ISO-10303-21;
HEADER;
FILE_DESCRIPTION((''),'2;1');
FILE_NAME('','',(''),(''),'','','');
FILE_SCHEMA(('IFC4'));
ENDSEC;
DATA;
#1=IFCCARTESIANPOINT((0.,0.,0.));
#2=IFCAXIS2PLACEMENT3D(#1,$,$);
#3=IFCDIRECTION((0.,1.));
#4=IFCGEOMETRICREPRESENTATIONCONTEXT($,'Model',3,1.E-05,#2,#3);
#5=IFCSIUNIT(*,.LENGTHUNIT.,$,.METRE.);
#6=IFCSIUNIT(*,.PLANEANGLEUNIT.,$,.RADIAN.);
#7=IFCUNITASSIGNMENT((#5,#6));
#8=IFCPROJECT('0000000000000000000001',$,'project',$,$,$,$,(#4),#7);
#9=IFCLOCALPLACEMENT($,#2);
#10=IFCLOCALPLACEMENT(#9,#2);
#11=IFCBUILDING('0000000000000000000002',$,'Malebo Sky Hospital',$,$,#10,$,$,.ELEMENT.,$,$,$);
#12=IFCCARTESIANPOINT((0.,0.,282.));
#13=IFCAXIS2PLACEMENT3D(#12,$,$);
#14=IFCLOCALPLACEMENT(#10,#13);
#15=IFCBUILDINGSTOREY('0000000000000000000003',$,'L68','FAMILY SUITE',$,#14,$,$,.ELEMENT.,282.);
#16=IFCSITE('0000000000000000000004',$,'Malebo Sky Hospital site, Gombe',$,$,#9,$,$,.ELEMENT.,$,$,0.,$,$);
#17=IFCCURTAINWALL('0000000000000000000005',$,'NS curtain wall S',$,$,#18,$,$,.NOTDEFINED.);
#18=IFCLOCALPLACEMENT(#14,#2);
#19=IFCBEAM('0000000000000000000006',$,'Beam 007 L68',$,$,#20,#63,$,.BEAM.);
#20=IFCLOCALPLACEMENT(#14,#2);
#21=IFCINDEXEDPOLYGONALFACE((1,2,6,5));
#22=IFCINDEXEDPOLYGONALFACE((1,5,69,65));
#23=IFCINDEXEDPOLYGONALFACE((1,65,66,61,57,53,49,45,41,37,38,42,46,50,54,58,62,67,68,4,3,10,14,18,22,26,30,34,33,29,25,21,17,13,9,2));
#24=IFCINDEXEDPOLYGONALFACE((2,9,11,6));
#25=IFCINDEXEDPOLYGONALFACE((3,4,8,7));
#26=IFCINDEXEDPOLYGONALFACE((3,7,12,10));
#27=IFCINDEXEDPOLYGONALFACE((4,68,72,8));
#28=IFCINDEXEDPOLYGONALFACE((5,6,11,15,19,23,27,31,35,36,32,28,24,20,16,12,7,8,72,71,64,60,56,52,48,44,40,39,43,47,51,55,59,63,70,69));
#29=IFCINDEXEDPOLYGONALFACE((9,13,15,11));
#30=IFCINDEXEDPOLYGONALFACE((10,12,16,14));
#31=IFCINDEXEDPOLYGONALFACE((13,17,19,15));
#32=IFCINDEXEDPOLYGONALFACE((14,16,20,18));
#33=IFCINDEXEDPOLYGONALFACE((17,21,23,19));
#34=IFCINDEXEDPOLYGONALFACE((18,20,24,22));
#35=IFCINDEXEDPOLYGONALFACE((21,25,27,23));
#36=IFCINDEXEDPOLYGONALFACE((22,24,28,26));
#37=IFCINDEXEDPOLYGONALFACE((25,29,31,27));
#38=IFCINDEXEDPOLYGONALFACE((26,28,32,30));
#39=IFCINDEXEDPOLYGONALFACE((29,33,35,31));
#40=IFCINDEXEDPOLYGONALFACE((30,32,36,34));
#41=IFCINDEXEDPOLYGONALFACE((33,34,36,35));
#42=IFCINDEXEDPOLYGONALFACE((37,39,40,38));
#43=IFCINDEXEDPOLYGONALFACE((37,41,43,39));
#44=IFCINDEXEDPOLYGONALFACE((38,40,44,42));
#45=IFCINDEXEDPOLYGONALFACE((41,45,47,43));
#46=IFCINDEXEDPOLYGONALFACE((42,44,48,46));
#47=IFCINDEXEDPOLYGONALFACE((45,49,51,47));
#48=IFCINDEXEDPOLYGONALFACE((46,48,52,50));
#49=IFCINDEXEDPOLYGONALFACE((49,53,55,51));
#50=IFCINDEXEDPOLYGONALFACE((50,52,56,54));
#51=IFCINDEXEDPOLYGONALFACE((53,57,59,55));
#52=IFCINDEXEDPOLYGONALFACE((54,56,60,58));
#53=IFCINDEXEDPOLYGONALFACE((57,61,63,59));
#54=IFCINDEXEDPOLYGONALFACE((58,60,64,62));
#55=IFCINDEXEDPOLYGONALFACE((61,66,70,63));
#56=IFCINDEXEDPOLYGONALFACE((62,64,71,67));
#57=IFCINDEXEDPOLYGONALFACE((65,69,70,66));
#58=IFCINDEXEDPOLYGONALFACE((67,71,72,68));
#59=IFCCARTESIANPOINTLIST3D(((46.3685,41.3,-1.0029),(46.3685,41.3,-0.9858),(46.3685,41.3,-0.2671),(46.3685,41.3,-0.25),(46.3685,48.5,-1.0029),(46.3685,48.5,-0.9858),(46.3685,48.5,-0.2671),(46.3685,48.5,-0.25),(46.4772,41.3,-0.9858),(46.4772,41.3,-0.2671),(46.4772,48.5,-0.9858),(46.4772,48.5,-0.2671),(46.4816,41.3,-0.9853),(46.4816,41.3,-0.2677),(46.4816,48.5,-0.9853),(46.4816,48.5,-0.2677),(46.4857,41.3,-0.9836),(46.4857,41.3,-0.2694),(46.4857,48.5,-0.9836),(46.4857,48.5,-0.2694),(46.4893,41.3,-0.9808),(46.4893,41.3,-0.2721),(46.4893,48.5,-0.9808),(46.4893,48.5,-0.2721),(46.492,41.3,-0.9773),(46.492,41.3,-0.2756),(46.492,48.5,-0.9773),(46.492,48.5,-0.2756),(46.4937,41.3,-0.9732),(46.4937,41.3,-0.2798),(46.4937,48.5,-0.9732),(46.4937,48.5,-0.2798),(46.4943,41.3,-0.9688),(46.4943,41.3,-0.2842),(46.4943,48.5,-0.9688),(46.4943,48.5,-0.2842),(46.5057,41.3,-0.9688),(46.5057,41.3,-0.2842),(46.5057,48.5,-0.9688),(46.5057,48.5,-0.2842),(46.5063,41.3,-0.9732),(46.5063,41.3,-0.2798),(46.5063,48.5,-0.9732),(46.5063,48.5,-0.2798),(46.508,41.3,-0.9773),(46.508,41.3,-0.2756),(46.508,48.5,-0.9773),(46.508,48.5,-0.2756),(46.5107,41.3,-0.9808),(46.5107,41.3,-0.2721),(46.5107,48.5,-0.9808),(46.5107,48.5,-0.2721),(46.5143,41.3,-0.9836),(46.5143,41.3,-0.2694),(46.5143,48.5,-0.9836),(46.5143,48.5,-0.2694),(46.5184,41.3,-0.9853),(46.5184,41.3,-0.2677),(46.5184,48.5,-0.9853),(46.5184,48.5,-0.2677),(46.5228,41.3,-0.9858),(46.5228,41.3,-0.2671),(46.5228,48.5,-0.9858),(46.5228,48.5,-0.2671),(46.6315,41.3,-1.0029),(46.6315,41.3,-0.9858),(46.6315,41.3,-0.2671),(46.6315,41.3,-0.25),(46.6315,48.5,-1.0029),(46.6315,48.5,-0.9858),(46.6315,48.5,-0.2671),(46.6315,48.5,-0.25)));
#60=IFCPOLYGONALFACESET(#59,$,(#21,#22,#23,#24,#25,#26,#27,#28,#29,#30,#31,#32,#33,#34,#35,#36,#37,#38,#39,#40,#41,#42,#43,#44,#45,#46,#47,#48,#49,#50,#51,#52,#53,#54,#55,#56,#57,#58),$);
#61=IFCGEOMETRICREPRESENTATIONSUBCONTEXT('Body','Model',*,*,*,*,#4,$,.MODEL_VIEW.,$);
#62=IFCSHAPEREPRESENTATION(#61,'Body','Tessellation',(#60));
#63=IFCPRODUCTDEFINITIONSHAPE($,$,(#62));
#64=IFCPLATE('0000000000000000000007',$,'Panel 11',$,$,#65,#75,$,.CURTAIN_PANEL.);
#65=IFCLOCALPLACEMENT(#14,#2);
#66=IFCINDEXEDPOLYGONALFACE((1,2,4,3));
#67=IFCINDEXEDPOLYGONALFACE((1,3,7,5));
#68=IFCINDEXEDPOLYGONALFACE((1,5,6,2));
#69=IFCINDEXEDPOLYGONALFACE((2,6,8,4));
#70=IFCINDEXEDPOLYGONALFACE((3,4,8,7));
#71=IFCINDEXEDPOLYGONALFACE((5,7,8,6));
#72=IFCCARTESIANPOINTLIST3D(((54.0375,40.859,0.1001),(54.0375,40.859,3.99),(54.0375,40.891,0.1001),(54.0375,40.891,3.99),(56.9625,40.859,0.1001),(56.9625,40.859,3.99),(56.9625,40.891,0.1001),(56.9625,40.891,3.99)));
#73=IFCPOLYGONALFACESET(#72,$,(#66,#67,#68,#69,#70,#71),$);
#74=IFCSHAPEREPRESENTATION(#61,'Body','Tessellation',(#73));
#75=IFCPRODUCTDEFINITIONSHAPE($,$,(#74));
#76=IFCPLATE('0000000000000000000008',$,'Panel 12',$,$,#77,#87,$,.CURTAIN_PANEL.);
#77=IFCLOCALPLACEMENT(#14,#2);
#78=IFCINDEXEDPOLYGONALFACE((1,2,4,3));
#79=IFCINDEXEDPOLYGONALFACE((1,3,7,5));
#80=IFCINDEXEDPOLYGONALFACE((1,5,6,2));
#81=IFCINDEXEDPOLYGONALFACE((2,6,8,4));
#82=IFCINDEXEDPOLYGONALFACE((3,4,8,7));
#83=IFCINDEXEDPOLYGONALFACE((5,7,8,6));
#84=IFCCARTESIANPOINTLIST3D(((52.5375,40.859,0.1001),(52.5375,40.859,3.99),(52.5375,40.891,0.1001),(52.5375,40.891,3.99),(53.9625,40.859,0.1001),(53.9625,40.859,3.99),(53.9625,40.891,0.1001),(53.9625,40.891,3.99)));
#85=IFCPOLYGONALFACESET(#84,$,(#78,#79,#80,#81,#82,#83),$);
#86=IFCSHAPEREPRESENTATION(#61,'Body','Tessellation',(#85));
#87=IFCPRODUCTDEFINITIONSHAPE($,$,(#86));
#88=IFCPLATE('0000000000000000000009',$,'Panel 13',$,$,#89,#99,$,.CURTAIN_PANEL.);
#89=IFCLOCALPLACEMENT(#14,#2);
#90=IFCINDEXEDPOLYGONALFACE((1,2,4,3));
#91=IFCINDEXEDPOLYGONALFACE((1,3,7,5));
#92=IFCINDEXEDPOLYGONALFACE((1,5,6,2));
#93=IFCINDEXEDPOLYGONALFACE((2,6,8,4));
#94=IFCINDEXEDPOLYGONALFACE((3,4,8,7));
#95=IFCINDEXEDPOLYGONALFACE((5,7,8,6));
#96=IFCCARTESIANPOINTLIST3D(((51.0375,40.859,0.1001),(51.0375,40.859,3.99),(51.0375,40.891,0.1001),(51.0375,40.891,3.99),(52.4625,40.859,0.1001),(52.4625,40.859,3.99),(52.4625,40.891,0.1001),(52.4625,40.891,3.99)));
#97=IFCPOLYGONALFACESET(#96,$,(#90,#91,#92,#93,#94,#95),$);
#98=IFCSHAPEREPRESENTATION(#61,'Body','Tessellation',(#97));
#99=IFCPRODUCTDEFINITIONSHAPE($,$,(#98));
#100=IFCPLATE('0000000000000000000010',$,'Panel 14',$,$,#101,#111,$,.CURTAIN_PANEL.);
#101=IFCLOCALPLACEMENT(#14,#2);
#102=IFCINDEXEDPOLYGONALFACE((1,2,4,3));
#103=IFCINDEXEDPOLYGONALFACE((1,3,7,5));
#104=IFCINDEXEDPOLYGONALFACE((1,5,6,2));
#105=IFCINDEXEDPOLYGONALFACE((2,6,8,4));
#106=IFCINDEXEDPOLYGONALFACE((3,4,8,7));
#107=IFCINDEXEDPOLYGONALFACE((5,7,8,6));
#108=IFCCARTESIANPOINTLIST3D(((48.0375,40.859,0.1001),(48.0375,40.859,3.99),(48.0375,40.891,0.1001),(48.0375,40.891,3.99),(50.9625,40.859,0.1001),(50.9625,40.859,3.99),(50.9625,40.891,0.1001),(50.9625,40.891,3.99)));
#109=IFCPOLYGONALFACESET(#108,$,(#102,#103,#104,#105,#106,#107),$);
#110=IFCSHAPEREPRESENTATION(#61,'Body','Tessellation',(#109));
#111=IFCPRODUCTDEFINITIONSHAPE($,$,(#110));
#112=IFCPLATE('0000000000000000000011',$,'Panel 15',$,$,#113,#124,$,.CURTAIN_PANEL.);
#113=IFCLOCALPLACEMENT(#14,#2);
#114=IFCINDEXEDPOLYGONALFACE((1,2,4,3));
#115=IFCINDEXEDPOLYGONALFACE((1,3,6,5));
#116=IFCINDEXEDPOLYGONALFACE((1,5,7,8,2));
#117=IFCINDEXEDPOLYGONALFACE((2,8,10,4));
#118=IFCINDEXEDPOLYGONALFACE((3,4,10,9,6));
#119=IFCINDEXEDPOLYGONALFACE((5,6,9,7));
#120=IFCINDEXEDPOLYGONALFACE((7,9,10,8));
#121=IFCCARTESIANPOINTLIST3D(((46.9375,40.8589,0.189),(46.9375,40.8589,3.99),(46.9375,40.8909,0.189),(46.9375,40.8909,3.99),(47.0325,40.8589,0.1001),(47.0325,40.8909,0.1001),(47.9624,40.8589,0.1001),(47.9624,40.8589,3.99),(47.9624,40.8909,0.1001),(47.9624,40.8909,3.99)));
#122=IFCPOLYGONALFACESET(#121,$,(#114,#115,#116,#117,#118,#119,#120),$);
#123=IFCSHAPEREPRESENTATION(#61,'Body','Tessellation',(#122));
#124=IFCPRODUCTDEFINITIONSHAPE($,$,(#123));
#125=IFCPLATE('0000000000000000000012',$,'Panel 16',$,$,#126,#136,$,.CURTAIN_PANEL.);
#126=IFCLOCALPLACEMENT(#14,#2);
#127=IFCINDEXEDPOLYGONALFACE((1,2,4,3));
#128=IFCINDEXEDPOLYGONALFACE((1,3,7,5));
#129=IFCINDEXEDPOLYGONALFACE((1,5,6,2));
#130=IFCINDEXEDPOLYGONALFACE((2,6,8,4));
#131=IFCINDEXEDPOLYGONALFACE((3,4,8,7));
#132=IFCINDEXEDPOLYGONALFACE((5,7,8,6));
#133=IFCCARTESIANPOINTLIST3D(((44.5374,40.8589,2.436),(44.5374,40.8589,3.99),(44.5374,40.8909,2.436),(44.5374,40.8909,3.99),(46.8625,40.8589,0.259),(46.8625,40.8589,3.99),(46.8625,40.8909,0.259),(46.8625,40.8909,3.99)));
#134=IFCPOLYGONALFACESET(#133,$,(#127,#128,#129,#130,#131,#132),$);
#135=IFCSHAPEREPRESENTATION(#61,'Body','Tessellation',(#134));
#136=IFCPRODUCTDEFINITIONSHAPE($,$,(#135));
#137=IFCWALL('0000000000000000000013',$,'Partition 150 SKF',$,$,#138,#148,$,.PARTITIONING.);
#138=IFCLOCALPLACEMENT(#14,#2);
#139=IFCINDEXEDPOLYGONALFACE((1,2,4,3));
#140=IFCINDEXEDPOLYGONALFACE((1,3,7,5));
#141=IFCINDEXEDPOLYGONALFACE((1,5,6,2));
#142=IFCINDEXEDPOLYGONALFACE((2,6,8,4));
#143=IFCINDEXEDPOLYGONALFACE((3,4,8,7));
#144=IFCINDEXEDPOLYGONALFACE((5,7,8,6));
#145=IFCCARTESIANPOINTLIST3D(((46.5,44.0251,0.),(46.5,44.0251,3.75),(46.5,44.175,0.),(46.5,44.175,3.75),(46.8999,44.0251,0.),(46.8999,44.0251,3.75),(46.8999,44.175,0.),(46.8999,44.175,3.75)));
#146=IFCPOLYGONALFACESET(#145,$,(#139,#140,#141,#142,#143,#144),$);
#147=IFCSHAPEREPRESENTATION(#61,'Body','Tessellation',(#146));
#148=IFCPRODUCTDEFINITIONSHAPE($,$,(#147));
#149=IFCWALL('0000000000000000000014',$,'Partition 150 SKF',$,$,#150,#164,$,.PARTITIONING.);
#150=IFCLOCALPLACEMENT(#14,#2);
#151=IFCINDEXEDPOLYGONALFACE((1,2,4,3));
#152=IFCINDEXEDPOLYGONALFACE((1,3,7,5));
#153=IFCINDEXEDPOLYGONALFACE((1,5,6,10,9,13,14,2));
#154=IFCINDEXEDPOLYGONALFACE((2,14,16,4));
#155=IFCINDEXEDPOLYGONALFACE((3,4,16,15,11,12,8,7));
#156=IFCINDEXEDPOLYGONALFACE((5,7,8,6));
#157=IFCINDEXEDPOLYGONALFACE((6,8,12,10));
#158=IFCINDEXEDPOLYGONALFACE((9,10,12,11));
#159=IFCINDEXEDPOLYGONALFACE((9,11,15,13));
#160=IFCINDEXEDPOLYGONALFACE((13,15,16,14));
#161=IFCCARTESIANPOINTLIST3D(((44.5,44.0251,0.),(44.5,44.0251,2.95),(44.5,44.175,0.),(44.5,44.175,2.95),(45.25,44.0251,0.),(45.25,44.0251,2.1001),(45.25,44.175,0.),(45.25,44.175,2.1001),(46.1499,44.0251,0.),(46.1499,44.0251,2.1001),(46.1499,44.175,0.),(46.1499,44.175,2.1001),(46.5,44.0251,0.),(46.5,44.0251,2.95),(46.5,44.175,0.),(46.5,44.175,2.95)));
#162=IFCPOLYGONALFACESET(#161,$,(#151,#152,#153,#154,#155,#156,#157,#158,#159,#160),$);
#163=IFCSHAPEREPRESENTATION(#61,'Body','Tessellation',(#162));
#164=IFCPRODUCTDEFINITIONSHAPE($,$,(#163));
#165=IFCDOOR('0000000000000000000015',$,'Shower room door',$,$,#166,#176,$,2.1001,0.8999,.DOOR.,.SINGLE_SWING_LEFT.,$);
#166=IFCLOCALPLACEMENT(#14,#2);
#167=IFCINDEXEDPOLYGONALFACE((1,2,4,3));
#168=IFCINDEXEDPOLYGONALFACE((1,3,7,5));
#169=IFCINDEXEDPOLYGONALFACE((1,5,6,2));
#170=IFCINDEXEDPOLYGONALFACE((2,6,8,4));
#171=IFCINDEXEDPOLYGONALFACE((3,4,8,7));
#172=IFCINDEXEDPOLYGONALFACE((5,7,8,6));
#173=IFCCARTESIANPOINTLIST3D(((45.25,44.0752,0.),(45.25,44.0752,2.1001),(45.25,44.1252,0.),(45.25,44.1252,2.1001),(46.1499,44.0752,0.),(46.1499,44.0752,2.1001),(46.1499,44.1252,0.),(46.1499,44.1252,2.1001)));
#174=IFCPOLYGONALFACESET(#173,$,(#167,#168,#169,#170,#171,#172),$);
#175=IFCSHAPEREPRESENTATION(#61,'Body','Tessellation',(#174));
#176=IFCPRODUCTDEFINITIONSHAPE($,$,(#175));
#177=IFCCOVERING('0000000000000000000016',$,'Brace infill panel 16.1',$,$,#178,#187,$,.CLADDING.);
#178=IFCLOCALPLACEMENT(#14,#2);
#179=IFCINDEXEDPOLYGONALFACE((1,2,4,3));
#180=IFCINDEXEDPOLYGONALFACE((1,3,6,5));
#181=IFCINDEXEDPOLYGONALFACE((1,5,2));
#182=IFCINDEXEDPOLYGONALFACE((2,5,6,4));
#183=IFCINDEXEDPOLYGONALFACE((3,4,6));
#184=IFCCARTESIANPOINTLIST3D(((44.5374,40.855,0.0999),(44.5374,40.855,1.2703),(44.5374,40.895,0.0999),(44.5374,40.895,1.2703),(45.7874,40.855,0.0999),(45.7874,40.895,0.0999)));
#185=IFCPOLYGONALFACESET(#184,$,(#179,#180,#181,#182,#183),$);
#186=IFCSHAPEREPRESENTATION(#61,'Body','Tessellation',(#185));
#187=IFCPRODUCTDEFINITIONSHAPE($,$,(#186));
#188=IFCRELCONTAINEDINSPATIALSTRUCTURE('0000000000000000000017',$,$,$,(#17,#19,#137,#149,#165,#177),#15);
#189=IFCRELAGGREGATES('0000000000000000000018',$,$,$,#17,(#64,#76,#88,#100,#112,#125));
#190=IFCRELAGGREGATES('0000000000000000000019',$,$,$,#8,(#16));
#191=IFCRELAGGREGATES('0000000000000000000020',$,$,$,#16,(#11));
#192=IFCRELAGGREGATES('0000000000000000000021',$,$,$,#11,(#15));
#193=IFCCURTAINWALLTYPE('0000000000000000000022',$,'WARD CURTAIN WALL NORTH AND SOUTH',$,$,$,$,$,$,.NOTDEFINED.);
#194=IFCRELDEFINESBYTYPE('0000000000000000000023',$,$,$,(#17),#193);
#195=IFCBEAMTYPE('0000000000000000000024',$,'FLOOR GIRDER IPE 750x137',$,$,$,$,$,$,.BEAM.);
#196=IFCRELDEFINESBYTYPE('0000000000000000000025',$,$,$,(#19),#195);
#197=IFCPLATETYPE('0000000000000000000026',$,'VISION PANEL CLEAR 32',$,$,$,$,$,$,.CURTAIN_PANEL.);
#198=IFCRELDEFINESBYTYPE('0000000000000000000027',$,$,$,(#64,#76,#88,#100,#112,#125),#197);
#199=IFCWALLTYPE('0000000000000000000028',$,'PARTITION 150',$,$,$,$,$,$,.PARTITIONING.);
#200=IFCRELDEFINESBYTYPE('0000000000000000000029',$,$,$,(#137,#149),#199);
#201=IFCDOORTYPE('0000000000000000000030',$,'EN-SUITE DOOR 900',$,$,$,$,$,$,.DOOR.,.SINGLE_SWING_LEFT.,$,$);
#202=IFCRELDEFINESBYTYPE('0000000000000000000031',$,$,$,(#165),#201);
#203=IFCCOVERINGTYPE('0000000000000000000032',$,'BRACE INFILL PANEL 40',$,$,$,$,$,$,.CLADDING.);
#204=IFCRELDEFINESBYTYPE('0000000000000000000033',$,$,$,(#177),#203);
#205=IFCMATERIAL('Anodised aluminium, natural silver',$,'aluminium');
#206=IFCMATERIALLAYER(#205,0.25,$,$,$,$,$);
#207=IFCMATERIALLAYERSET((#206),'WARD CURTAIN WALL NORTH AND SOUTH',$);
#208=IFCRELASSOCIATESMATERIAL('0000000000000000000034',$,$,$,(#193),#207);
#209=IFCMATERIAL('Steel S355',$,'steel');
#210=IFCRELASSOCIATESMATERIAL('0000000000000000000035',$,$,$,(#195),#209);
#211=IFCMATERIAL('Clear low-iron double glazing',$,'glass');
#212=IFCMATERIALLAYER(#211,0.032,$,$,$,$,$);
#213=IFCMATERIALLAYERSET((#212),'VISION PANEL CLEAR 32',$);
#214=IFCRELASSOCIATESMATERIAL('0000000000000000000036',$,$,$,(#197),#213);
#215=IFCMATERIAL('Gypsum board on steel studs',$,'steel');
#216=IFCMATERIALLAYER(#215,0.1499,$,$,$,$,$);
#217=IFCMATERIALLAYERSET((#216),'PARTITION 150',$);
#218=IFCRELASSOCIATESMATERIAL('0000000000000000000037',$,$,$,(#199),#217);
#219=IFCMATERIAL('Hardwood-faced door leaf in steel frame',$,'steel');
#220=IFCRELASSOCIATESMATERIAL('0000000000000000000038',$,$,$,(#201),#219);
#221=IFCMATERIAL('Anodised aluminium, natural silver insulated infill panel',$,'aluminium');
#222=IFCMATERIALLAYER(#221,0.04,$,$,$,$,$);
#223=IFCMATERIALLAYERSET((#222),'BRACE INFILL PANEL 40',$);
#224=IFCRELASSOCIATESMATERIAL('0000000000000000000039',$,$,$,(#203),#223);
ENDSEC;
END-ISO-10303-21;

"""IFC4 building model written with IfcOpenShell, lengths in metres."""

from ifc_helpers import new_model, si_unit, direction, frame, frame_2d, origin, origin_2d, place, context, subcontext, project, spatial, polyline, rectangle, i_section, outline, extrude, material, layer, layer_set, material_profile, profile_set, type_object, element, fill, aggregate, save


model = new_model("IFC4")

# Units and contexts
model_context = context("Model", 3, precision=1e-05, world=origin(), true_north=direction((0.0, 1.0)))
body_context = subcontext(model_context, "Body", "Model", "MODEL_VIEW")
ifc_project = project(units=[si_unit("LENGTHUNIT", "METRE"), si_unit("PLANEANGLEUNIT", "RADIAN")], contexts=[model_context])

# Site, building, storey
site_placement = place(None, origin())
site = spatial("IfcSite", under=ifc_project, at=site_placement, Name="Malebo Sky Hospital site, Gombe", CompositionType="ELEMENT", RefElevation=0.0)
building_placement = place(site_placement, origin())
building = spatial("IfcBuilding", under=site, at=building_placement, Name="Malebo Sky Hospital", CompositionType="ELEMENT")
storey_placement = place(building_placement, frame((0.0, 0.0, 282.0)))
storey = spatial("IfcBuildingStorey", under=building, at=storey_placement, Name="L68", Description="FAMILY SUITE", CompositionType="ELEMENT", Elevation=282.0)

# Curtain wall
ifc_material_1 = material(Name="Anodised aluminium, natural silver", Category="aluminium")
ifc_layer_1 = layer(ifc_material_1, 0.25)
ifc_layer_set_1 = layer_set([ifc_layer_1], Name="WARD CURTAIN WALL NORTH AND SOUTH")
curtain_wall_type = type_object("IfcCurtainWallType", Name="WARD CURTAIN WALL NORTH AND SOUTH", PredefinedType="NOTDEFINED", material=ifc_layer_set_1)
curtain_wall_placement = place(storey_placement, origin())
curtain_wall = element("IfcCurtainWall", 1, at=curtain_wall_placement, inside=storey, type_object=curtain_wall_type, Name="NS curtain wall S", PredefinedType="NOTDEFINED")

# Shared definitions
ifc_material_2 = material(Name="Steel S355", Category="steel")

# Beam
ifc_material_profile_1 = material_profile(ifc_material_2, i_section(OverallWidth=0.2629, OverallDepth=0.7529, WebThickness=0.0115, FlangeThickness=0.0171, FilletRadius=0.0171, at=origin_2d()), Name="IPE 750x137")
ifc_profile_set_1 = profile_set([ifc_material_profile_1], Name="Steel S355")
beam_type_1 = type_object("IfcBeamType", Name="FLOOR GIRDER IPE 750x137", PredefinedType="BEAM", material=ifc_profile_set_1)
beam_1_placement = place(storey_placement, frame((46.5, 41.3, -0.6265), z_axis=(0.0, 1.0, 0.0), x_axis=(-1.0, 0.0, 0.0)))
element("IfcBeam", 2, at=beam_1_placement, inside=storey, type_object=beam_type_1, Name="Beam 007 L68", PredefinedType="BEAM", context=body_context, shape_type="SweptSolid", body=[
    extrude(i_section(OverallWidth=0.2629, OverallDepth=0.7529, WebThickness=0.0115, FlangeThickness=0.0171, FilletRadius=0.0171, at=origin_2d()), origin(), (0.0, 0.0, 1.0), 7.2),
])

# Plates
ifc_material_3 = material(Name="Clear low-iron double glazing", Category="glass")
ifc_layer_2 = layer(ifc_material_3, 0.032)
ifc_layer_set_2 = layer_set([ifc_layer_2], Name="VISION PANEL CLEAR 32")
plate_type = type_object("IfcPlateType", Name="VISION PANEL CLEAR 32", PredefinedType="CURTAIN_PANEL", material=ifc_layer_set_2)
plate_1_placement = place(storey_placement, frame((55.5, 40.875, 0.1001), z_axis=(0.0, 0.0, 1.0), x_axis=(-1.0, 0.0, 0.0)))
plate_1 = element("IfcPlate", 3, at=plate_1_placement, type_object=plate_type, Name="Panel 11", PredefinedType="CURTAIN_PANEL", context=body_context, shape_type="SweptSolid", body=[
    extrude(rectangle(XDim=2.925, YDim=0.032, at=origin_2d()), origin(), (0.0, 0.0, 1.0), 3.8899),
])
plate_2_placement = place(storey_placement, frame((53.25, 40.875, 0.1001), z_axis=(0.0, 0.0, 1.0), x_axis=(-1.0, 0.0, 0.0)))
plate_2 = element("IfcPlate", 4, at=plate_2_placement, type_object=plate_type, Name="Panel 12", PredefinedType="CURTAIN_PANEL", context=body_context, shape_type="SweptSolid", body=[
    extrude(rectangle(XDim=1.425, YDim=0.032, at=origin_2d()), origin(), (0.0, 0.0, 1.0), 3.8899),
])
plate_3_placement = place(storey_placement, frame((51.75, 40.875, 0.1001), z_axis=(0.0, 0.0, 1.0), x_axis=(-1.0, 0.0, 0.0)))
plate_3 = element("IfcPlate", 5, at=plate_3_placement, type_object=plate_type, Name="Panel 13", PredefinedType="CURTAIN_PANEL", context=body_context, shape_type="SweptSolid", body=[
    extrude(rectangle(XDim=1.425, YDim=0.032, at=origin_2d()), origin(), (0.0, 0.0, 1.0), 3.8899),
])
plate_4_placement = place(storey_placement, frame((49.5, 40.875, 0.1001), z_axis=(0.0, 0.0, 1.0), x_axis=(-1.0, 0.0, 0.0)))
plate_4 = element("IfcPlate", 6, at=plate_4_placement, type_object=plate_type, Name="Panel 14", PredefinedType="CURTAIN_PANEL", context=body_context, shape_type="SweptSolid", body=[
    extrude(rectangle(XDim=2.925, YDim=0.032, at=origin_2d()), origin(), (0.0, 0.0, 1.0), 3.8899),
])
plate_5_placement = place(storey_placement, frame((47.45, 40.875, 0.1001), z_axis=(0.0, 0.0, 1.0), x_axis=(-1.0, 0.0, 0.0)))
plate_5 = element("IfcPlate", 7, at=plate_5_placement, type_object=plate_type, Name="Panel 15", PredefinedType="CURTAIN_PANEL", context=body_context, shape_type="SweptSolid", body=[
    extrude(outline(polyline([(-0.5125, 0.0), (0.4175, 0.0), (0.5125, 0.0889), (0.5125, 3.8899), (-0.5125, 3.8899), (-0.5125, 0.0)])), frame((0.0, 0.0161, 0.0), z_axis=(0.0, -1.0, 0.0), x_axis=(1.0, 0.0, 0.0)), (0.0, 0.0, 1.0), 0.032),
])
plate_6_placement = place(storey_placement, frame((45.7, 40.875, 0.259), z_axis=(0.0, 0.0, 1.0), x_axis=(-1.0, 0.0, 0.0)))
plate_6 = element("IfcPlate", 8, at=plate_6_placement, type_object=plate_type, Name="Panel 16", PredefinedType="CURTAIN_PANEL", context=body_context, shape_type="SweptSolid", body=[
    extrude(outline(polyline([(-1.1626, 0.0), (1.1626, 2.177), (1.1626, 3.731), (-1.1626, 3.731), (-1.1626, 0.0)])), frame((0.0, 0.0161, 0.0), z_axis=(0.0, -1.0, 0.0), x_axis=(1.0, 0.0, 0.0)), (0.0, 0.0, 1.0), 0.032),
])
aggregate(curtain_wall, [plate_1, plate_2, plate_3, plate_4, plate_5, plate_6])

# Wall
ifc_material_4 = material(Name="Gypsum board on steel studs", Category="steel")
ifc_layer_3 = layer(ifc_material_4, 0.1499)
ifc_layer_set_3 = layer_set([ifc_layer_3], Name="PARTITION 150")
wall_type = type_object("IfcWallType", Name="PARTITION 150", PredefinedType="PARTITIONING", material=ifc_layer_set_3)
wall_1_placement = place(storey_placement, frame((46.8999, 44.1001, 0.0), z_axis=(0.0, 0.0, 1.0), x_axis=(-1.0, 0.0, 0.0)))
element("IfcWall", 9, at=wall_1_placement, inside=storey, type_object=wall_type, Name="Partition 150 SKF", PredefinedType="PARTITIONING", context=body_context, shape_type="SweptSolid", body=[
    extrude(rectangle(XDim=0.3999, YDim=0.1499, at=frame_2d((0.2, 0.0))), origin(), (0.0, 0.0, 1.0), 3.75),
])

# Wall, opening, door
wall_2_placement = place(storey_placement, frame((46.5, 44.1001, 0.0), z_axis=(0.0, 0.0, 1.0), x_axis=(-1.0, 0.0, 0.0)))
wall_2 = element("IfcWall", 10, at=wall_2_placement, inside=storey, type_object=wall_type, Name="Partition 150 SKF", PredefinedType="PARTITIONING", context=body_context, shape_type="SweptSolid", body=[
    extrude(rectangle(XDim=2.0, YDim=0.1499, at=frame_2d((1.0, 0.0))), origin(), (0.0, 0.0, 1.0), 2.95),
])
opening_placement = place(wall_2_placement, frame((0.3501, 0.0, 0.0)))
opening = element("IfcOpeningElement", 11, at=opening_placement, cuts=wall_2, PredefinedType="OPENING", context=body_context, shape_type="SweptSolid", body=[
    extrude(rectangle(XDim=0.8999, YDim=2.1001, at=frame_2d((0.45, 1.05))), frame((0.0, 0.085, 0.0), z_axis=(0.0, -1.0, 0.0), x_axis=(1.0, 0.0, 0.0)), (0.0, 0.0, 1.0), 0.1699),
])
ifc_material_5 = material(Name="Hardwood-faced door leaf in steel frame", Category="steel")
door_type = type_object("IfcDoorType", Name="EN-SUITE DOOR 900", OperationType="SINGLE_SWING_LEFT", PredefinedType="DOOR", material=ifc_material_5)
door_placement = place(opening_placement, origin())
door = element("IfcDoor", 12, at=door_placement, inside=storey, type_object=door_type, Name="Shower room door", OperationType="SINGLE_SWING_LEFT", OverallHeight=2.1001, OverallWidth=0.8999, PredefinedType="DOOR", context=body_context, shape_type="SweptSolid", body=[
    extrude(rectangle(XDim=0.8999, YDim=2.1001, at=frame_2d((0.45, 1.05))), frame((0.0, 0.0249, 0.0), z_axis=(0.0, -1.0, 0.0), x_axis=(1.0, 0.0, 0.0)), (0.0, 0.0, 1.0), 0.05),
])
fill(opening, door)

# Covering
ifc_material_6 = material(Name="Anodised aluminium, natural silver insulated infill panel", Category="aluminium")
ifc_layer_4 = layer(ifc_material_6, 0.04)
ifc_layer_set_4 = layer_set([ifc_layer_4], Name="BRACE INFILL PANEL 40")
covering_type = type_object("IfcCoveringType", Name="BRACE INFILL PANEL 40", PredefinedType="CLADDING", material=ifc_layer_set_4)
covering_placement = place(storey_placement, frame((45.1624, 40.875, 0.0999), z_axis=(0.0, 0.0, 1.0), x_axis=(-1.0, 0.0, 0.0)))
element("IfcCovering", 13, at=covering_placement, inside=storey, type_object=covering_type, Name="Brace infill panel 16.1", PredefinedType="CLADDING", context=body_context, shape_type="SweptSolid", body=[
    extrude(outline(polyline([(-0.625, 0.0), (0.625, 0.0), (0.625, 1.1704), (-0.625, 0.0)])), frame((0.0, 0.02, 0.0), z_axis=(0.0, -1.0, 0.0), x_axis=(1.0, 0.0, 0.0)), (0.0, 0.0, 1.0), 0.04),
])

save(model, "model.ifc")
